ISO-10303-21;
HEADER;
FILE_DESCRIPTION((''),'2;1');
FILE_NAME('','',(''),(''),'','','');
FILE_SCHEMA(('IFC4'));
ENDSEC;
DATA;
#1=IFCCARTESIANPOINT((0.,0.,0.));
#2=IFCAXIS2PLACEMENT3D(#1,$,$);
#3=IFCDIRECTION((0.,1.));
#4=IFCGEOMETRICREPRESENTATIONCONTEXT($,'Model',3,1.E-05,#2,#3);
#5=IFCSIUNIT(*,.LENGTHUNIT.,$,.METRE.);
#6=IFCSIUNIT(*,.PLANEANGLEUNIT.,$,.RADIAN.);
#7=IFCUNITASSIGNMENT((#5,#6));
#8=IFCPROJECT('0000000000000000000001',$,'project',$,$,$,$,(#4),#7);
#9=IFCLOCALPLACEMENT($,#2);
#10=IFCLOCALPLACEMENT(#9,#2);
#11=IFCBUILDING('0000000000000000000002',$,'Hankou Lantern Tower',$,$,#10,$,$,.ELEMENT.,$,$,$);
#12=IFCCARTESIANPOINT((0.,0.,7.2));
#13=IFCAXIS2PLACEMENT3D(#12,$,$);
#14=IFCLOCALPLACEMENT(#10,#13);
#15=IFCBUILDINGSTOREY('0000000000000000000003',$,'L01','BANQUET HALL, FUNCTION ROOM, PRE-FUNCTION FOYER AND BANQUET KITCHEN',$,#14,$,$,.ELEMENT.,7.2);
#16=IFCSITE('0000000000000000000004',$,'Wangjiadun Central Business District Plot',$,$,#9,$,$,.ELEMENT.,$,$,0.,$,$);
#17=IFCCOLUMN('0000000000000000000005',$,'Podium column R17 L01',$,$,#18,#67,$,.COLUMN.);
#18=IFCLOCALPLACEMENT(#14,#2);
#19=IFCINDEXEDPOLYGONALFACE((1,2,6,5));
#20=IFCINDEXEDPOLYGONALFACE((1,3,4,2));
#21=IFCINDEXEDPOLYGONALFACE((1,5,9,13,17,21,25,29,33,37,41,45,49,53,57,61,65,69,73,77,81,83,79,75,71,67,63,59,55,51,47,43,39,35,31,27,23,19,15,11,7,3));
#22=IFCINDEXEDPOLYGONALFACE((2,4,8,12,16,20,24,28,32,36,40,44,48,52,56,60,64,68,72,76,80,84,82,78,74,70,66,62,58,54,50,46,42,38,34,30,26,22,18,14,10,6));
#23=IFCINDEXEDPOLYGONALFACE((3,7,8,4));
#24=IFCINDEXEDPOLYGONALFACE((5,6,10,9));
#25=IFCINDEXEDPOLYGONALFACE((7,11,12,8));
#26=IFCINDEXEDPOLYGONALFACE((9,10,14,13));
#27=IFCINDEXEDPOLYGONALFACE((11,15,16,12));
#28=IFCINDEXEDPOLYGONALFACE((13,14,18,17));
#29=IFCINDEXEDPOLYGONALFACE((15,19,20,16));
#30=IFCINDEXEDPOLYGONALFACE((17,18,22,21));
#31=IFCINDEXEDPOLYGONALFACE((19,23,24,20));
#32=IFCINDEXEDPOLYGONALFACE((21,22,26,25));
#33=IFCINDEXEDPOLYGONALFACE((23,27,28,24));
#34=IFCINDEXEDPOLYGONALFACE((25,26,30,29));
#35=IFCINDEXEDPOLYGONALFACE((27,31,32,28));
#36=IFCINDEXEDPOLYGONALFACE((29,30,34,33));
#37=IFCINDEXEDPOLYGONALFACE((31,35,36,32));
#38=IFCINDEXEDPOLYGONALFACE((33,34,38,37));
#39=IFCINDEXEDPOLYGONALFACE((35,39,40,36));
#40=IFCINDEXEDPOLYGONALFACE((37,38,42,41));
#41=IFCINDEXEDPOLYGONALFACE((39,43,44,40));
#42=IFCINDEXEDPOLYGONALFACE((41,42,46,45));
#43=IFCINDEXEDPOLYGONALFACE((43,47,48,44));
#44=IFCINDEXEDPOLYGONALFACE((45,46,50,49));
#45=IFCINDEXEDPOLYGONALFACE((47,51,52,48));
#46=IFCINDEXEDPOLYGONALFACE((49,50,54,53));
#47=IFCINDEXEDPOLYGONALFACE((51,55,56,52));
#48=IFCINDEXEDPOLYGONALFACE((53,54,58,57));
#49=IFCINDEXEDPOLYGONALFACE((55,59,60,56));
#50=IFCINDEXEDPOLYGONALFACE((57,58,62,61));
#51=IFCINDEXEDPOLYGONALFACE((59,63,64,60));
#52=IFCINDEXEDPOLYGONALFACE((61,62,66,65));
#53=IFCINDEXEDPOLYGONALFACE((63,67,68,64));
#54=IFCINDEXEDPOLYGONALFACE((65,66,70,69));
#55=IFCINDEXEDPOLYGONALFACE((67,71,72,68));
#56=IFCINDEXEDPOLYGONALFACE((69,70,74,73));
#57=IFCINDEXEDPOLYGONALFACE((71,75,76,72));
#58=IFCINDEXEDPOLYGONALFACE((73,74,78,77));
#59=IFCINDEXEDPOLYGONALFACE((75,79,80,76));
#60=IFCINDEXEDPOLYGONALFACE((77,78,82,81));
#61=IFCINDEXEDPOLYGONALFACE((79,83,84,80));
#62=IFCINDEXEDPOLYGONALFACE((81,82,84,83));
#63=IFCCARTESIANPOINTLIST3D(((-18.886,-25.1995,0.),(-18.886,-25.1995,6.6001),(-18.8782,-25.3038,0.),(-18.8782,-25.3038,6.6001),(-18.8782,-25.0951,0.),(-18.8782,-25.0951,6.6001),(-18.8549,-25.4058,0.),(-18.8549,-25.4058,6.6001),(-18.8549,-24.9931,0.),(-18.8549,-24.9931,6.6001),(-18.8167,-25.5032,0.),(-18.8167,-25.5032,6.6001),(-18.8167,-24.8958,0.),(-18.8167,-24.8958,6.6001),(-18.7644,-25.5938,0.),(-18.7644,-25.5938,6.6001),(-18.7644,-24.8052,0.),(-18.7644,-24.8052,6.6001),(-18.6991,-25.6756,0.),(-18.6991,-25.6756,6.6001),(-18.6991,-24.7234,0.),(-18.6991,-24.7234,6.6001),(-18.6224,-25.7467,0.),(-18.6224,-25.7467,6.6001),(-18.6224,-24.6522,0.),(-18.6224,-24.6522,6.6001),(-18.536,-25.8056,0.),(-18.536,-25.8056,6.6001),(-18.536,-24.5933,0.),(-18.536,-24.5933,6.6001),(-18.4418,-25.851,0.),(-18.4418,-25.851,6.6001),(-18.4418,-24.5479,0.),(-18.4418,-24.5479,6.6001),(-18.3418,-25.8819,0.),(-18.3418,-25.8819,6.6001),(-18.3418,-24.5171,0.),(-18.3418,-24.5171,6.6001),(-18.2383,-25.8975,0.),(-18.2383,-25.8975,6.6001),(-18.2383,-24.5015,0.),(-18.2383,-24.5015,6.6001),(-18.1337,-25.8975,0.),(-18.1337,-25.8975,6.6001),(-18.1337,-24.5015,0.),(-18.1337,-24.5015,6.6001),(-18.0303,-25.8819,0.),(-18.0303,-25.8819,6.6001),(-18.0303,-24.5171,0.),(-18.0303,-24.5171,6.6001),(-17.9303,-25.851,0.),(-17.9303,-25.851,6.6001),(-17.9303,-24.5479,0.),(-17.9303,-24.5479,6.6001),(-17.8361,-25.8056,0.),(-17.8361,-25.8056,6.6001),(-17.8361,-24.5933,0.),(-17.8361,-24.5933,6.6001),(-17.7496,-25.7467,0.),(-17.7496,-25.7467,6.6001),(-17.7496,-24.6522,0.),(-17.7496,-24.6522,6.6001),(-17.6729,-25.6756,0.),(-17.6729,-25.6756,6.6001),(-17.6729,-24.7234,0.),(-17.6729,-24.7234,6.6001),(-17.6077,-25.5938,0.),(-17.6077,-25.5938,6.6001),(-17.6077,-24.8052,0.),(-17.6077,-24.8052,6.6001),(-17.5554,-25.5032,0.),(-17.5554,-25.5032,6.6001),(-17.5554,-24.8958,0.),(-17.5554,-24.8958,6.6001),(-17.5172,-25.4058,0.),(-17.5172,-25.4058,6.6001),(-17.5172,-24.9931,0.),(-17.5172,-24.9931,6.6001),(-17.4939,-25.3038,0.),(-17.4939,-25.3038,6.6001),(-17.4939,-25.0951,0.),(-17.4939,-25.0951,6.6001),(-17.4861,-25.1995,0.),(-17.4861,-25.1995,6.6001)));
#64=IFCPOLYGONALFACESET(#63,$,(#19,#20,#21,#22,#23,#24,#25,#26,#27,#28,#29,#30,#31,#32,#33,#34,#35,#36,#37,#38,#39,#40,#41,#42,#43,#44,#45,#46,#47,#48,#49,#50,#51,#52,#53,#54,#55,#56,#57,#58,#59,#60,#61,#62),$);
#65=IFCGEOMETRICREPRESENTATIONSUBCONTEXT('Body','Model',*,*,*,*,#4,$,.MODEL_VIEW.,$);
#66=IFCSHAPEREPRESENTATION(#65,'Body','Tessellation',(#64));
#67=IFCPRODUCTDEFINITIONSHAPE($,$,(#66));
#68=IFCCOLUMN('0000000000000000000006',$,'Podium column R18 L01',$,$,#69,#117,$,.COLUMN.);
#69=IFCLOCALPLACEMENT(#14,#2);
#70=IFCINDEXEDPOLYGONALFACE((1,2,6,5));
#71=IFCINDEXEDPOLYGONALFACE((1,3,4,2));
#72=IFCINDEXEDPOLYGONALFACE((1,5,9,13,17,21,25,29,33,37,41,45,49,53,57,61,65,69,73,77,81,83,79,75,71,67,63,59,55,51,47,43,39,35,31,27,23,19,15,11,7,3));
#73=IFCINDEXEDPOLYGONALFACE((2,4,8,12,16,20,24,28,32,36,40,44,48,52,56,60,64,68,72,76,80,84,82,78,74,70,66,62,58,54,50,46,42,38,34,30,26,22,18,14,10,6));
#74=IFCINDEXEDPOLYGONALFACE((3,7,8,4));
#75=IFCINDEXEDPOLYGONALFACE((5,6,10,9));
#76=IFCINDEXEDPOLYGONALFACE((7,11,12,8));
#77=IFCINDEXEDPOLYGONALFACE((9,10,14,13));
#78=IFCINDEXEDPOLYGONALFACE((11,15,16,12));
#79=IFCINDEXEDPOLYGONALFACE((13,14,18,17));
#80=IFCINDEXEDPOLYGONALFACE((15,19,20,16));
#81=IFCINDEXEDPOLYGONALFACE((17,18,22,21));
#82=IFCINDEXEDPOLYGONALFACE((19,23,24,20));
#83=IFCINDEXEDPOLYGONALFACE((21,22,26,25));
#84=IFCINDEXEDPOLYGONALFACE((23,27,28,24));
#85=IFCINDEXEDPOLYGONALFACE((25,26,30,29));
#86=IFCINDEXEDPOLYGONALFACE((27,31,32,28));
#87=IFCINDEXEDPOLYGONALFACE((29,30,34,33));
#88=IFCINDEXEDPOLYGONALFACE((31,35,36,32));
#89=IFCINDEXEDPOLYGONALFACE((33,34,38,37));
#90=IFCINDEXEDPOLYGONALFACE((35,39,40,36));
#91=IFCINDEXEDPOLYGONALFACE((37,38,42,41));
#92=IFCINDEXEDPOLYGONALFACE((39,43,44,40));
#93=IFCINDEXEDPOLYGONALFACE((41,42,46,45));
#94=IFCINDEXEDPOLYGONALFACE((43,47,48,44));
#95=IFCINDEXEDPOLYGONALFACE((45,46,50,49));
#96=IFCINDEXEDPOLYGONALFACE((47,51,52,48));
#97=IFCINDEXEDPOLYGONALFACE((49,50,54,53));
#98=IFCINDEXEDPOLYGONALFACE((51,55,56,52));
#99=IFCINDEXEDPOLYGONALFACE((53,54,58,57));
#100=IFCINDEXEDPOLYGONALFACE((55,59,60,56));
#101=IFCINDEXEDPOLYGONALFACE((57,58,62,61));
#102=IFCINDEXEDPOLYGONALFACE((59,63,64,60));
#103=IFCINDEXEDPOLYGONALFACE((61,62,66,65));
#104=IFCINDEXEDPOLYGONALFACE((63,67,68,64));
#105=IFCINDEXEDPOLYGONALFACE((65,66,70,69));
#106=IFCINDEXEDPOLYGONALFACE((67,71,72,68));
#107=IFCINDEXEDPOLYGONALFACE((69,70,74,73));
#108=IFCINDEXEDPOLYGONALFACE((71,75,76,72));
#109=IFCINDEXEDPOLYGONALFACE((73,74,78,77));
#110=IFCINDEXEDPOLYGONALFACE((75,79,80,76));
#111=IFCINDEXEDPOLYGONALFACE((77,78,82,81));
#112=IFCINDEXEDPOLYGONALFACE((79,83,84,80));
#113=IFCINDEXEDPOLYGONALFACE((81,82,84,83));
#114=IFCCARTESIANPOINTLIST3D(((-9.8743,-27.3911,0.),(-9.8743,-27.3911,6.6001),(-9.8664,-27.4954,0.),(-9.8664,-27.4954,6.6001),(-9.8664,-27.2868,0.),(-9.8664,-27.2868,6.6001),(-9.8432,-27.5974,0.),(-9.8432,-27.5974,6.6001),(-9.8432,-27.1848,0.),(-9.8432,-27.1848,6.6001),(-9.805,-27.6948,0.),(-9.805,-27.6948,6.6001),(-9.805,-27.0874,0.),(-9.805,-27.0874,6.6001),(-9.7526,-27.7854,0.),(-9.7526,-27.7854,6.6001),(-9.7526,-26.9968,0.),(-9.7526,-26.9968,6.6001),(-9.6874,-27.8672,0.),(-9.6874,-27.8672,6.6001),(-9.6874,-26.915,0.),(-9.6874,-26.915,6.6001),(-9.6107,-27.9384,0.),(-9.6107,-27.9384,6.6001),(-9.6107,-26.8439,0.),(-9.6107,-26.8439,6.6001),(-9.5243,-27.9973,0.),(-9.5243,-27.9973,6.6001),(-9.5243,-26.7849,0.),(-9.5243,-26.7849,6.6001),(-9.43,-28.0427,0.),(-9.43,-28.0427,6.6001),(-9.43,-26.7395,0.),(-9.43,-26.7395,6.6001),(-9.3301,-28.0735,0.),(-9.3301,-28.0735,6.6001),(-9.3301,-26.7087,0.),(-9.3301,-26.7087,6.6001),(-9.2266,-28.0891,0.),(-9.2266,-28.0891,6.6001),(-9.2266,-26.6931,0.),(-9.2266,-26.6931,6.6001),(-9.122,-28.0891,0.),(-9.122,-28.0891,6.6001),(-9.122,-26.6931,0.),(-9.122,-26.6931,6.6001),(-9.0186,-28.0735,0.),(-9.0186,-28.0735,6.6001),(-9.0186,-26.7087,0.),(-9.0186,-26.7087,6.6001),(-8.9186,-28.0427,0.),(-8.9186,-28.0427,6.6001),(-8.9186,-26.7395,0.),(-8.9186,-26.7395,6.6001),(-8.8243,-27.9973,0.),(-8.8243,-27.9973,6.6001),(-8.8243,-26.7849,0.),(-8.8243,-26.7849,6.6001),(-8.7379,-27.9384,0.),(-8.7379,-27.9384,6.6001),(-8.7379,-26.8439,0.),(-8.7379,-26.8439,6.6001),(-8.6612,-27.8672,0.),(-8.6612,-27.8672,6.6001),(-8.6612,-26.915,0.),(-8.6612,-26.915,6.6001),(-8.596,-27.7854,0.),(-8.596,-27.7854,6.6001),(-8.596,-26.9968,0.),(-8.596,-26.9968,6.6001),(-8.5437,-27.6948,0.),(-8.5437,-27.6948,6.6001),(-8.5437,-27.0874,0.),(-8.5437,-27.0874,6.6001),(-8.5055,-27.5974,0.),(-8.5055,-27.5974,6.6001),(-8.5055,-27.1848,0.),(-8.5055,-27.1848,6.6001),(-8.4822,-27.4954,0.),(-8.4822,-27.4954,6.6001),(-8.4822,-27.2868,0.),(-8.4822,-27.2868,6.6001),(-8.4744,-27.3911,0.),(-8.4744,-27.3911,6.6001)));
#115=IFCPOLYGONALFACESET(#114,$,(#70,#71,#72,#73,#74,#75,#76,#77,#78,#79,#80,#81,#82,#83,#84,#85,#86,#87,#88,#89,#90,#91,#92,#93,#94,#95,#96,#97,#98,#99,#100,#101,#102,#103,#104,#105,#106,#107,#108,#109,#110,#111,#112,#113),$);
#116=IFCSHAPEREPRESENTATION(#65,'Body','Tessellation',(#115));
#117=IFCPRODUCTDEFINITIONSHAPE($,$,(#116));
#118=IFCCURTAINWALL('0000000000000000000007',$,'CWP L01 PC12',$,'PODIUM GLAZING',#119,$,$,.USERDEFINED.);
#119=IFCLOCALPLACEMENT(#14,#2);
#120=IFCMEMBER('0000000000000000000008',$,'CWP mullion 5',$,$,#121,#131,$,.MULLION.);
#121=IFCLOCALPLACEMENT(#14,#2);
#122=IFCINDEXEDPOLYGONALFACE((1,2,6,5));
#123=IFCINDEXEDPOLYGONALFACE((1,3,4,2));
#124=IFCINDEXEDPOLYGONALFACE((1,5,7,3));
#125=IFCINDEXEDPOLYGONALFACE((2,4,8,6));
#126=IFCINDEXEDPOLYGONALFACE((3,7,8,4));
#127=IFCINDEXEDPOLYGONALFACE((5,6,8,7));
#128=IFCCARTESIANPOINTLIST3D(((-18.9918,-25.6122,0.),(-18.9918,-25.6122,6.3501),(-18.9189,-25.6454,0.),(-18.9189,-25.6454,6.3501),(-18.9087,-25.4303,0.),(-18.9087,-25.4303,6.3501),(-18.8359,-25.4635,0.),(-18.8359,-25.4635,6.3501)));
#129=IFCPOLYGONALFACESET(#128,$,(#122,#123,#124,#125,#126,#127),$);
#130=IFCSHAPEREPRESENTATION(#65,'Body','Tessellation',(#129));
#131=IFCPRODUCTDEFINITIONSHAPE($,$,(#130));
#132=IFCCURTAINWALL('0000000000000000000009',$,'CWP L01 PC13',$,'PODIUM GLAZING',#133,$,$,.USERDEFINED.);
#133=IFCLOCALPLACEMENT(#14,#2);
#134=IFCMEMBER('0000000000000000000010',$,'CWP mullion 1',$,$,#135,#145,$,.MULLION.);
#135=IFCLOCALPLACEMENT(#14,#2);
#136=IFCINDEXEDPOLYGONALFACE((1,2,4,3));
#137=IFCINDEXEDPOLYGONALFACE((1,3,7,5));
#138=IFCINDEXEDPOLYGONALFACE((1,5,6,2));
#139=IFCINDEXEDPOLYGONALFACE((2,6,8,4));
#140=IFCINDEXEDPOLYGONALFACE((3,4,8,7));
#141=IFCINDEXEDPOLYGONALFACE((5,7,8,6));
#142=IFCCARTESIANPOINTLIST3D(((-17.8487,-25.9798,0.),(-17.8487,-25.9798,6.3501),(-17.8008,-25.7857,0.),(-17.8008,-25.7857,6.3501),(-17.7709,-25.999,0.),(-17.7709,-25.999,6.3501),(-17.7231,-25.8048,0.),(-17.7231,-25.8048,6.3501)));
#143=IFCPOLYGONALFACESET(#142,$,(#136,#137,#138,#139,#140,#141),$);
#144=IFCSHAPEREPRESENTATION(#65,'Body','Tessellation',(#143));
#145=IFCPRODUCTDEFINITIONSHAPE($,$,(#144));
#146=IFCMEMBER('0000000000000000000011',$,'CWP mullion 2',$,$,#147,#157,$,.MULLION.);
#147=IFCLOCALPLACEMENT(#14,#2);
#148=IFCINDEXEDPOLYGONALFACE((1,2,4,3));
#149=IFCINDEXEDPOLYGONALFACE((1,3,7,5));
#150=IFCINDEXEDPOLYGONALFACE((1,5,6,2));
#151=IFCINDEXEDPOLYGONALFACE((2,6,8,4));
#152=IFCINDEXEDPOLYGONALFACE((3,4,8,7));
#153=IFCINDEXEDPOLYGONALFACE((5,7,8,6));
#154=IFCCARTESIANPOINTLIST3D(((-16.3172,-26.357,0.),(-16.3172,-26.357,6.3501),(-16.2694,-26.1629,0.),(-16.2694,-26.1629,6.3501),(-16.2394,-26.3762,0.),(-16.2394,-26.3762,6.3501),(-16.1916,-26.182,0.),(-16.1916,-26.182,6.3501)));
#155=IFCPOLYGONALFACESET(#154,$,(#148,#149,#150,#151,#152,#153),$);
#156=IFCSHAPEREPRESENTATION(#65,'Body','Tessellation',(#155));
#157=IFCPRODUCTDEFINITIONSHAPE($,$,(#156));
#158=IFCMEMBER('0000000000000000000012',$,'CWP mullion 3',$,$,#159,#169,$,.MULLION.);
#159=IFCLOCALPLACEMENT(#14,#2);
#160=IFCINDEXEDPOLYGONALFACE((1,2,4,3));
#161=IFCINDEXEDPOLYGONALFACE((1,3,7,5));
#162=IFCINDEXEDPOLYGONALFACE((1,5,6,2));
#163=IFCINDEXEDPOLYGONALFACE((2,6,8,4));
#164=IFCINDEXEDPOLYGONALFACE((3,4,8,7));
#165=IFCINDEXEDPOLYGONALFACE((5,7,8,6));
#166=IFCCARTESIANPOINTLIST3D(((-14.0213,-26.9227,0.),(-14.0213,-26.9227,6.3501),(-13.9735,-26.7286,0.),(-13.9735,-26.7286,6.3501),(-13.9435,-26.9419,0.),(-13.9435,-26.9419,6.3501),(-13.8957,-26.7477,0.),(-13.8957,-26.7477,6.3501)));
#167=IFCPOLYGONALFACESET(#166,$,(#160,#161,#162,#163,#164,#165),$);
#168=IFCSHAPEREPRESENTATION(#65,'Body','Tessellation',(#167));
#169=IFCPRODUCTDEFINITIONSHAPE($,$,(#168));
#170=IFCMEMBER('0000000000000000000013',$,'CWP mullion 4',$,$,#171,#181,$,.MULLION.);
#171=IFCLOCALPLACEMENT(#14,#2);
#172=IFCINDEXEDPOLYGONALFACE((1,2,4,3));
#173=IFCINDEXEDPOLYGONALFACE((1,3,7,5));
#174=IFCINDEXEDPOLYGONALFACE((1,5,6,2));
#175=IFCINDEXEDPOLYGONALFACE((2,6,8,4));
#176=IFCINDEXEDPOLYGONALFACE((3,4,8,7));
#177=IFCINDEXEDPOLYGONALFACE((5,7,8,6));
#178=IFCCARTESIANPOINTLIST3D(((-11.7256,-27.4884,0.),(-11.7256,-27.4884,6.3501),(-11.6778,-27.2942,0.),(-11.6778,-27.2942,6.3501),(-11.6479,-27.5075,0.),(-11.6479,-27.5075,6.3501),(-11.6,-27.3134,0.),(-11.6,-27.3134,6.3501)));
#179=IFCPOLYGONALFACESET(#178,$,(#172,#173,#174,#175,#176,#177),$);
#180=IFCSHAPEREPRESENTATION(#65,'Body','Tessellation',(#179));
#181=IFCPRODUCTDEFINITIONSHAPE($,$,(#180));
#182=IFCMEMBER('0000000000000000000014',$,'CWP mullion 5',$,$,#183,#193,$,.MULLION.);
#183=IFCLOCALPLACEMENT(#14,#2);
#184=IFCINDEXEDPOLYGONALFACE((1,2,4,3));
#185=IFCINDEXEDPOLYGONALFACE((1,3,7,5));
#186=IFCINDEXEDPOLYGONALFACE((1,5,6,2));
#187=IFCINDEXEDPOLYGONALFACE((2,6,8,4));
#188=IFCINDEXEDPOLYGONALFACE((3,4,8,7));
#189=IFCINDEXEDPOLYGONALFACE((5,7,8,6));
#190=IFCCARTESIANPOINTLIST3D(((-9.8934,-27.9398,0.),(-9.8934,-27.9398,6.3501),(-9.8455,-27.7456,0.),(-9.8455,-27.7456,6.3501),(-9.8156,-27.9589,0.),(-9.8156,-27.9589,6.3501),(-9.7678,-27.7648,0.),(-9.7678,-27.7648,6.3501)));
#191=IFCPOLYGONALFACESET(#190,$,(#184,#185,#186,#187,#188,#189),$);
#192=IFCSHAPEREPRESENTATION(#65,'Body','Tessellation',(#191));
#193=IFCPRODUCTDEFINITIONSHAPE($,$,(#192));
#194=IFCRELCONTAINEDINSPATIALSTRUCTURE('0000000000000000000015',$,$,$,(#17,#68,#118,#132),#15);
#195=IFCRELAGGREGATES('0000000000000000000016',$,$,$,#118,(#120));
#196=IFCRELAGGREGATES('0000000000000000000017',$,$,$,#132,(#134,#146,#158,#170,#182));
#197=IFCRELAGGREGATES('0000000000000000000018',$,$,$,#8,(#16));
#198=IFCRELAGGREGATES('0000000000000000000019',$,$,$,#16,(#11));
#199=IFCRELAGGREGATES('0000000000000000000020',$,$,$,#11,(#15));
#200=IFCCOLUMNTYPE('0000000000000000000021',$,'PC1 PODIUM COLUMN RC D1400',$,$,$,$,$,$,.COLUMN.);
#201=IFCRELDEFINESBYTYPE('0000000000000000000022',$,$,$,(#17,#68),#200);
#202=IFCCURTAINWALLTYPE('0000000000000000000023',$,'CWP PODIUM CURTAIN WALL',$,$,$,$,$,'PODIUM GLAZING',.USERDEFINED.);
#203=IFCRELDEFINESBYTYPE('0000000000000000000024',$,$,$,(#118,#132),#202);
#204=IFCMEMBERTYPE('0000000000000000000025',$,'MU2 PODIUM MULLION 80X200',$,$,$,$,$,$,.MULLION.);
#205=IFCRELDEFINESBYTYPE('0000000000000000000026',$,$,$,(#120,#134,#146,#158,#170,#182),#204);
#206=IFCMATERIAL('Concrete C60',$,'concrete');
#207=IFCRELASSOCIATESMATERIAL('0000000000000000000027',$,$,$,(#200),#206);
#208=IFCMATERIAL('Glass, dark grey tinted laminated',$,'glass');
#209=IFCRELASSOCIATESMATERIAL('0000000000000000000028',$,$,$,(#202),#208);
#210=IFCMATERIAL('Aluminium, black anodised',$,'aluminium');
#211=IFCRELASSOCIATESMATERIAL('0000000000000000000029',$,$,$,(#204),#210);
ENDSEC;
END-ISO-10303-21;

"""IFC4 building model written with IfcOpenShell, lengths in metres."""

from ifc_helpers import new_model, si_unit, direction, frame, origin, origin_2d, place, context, subcontext, project, spatial, rectangle, circle, extrude, material, material_profile, profile_set, type_object, element, aggregate, save


model = new_model("IFC4")

# Units and contexts
model_context = context("Model", 3, precision=1e-05, world=origin(), true_north=direction((0.0, 1.0)))
body_context = subcontext(model_context, "Body", "Model", "MODEL_VIEW")
ifc_project = project(units=[si_unit("LENGTHUNIT", "METRE"), si_unit("PLANEANGLEUNIT", "RADIAN")], contexts=[model_context])

# Site, building, storey
site_placement = place(None, origin())
site = spatial("IfcSite", under=ifc_project, at=site_placement, Name="Wangjiadun Central Business District Plot", CompositionType="ELEMENT", RefElevation=0.0)
building_placement = place(site_placement, origin())
building = spatial("IfcBuilding", under=site, at=building_placement, Name="Hankou Lantern Tower", CompositionType="ELEMENT")
storey_placement = place(building_placement, frame((0.0, 0.0, 7.2)))
storey = spatial("IfcBuildingStorey", under=building, at=storey_placement, Name="L01", Description="BANQUET HALL, FUNCTION ROOM, PRE-FUNCTION FOYER AND BANQUET KITCHEN", CompositionType="ELEMENT", Elevation=7.2)

# Columns
ifc_material_1 = material(Name="Concrete C60", Category="concrete")
ifc_material_profile_1 = material_profile(ifc_material_1, circle(Radius=0.7, at=origin_2d()), Name="RC D1400")
ifc_profile_set_1 = profile_set([ifc_material_profile_1], Name="Concrete C60")
column_type = type_object("IfcColumnType", Name="PC1 PODIUM COLUMN RC D1400", PredefinedType="COLUMN", material=ifc_profile_set_1)
for number, where, z_axis, x_axis, name in (
    (1, (-18.186, -25.1995, 0.0), (0.0, 0.0, 1.0), (1.0, 0.0, 0.0), "Podium column R17 L01"),
    (2, (-9.1743, -27.3911, 0.0), (0.0, 0.0, 1.0), (1.0, 0.0, 0.0), "Podium column R18 L01"),
):
    element("IfcColumn", number, at=place(storey_placement, frame(where, z_axis=z_axis, x_axis=x_axis)), inside=storey, type_object=column_type, Name=name, PredefinedType="COLUMN", context=body_context, shape_type="SweptSolid", body=[
        extrude(circle(Radius=0.7, at=origin_2d()), origin(), (0.0, 0.0, 1.0), 6.6001),
    ])

# Curtain wall, member
ifc_material_2 = material(Name="Glass, dark grey tinted laminated", Category="glass")
curtain_wall_type = type_object("IfcCurtainWallType", Name="CWP PODIUM CURTAIN WALL", ElementType="PODIUM GLAZING", PredefinedType="USERDEFINED", material=ifc_material_2)
curtain_wall_1_placement = place(storey_placement, origin())
curtain_wall_1 = element("IfcCurtainWall", 3, at=curtain_wall_1_placement, inside=storey, type_object=curtain_wall_type, Name="CWP L01 PC12", ObjectType="PODIUM GLAZING", PredefinedType="USERDEFINED")
ifc_material_3 = material(Name="Aluminium, black anodised", Category="aluminium")
ifc_material_profile_2 = material_profile(ifc_material_3, rectangle(XDim=0.0801, YDim=0.2, at=origin_2d()), Name="MU2 80X200")
ifc_profile_set_2 = profile_set([ifc_material_profile_2], Name="Aluminium, black anodised")
member_type_1 = type_object("IfcMemberType", Name="MU2 PODIUM MULLION 80X200", PredefinedType="MULLION", material=ifc_profile_set_2)
member_1_placement = place(storey_placement, frame((-18.9138, -25.5378, 0.0), z_axis=(0.0, 0.0, 1.0), x_axis=(0.90967, -0.415332, 0.0)))
member_1 = element("IfcMember", 4, at=member_1_placement, type_object=member_type_1, Name="CWP mullion 5", PredefinedType="MULLION", context=body_context, shape_type="SweptSolid", body=[
    extrude(rectangle(XDim=0.0801, YDim=0.2, at=origin_2d()), origin(), (0.0, 0.0, 1.0), 6.3501),
])

# Curtain wall, members
curtain_wall_2_placement = place(storey_placement, origin())
curtain_wall_2 = element("IfcCurtainWall", 5, at=curtain_wall_2_placement, inside=storey, type_object=curtain_wall_type, Name="CWP L01 PC13", ObjectType="PODIUM GLAZING", PredefinedType="USERDEFINED")
member_2_placement = place(storey_placement, frame((-17.7859, -25.8923, 0.0), z_axis=(0.0, 0.0, 1.0), x_axis=(0.970961, -0.239238, 0.0)))
member_2 = element("IfcMember", 6, at=member_2_placement, type_object=member_type_1, Name="CWP mullion 1", PredefinedType="MULLION", context=body_context, shape_type="SweptSolid", body=[
    extrude(rectangle(XDim=0.0801, YDim=0.2, at=origin_2d()), origin(), (0.0, 0.0, 1.0), 6.3501),
])
member_3_placement = place(storey_placement, frame((-16.2544, -26.2695, 0.0), z_axis=(0.0, 0.0, 1.0), x_axis=(0.970961, -0.239238, 0.0)))
member_3 = element("IfcMember", 7, at=member_3_placement, type_object=member_type_1, Name="CWP mullion 2", PredefinedType="MULLION", context=body_context, shape_type="SweptSolid", body=[
    extrude(rectangle(XDim=0.0801, YDim=0.2, at=origin_2d()), origin(), (0.0, 0.0, 1.0), 6.3501),
])
member_4_placement = place(storey_placement, frame((-13.9585, -26.8352, 0.0), z_axis=(0.0, 0.0, 1.0), x_axis=(0.970961, -0.239238, 0.0)))
member_4 = element("IfcMember", 8, at=member_4_placement, type_object=member_type_1, Name="CWP mullion 3", PredefinedType="MULLION", context=body_context, shape_type="SweptSolid", body=[
    extrude(rectangle(XDim=0.0801, YDim=0.2, at=origin_2d()), origin(), (0.0, 0.0, 1.0), 6.3501),
])
member_5_placement = place(storey_placement, frame((-11.6628, -27.4009, 0.0), z_axis=(0.0, 0.0, 1.0), x_axis=(0.970961, -0.239238, 0.0)))
member_5 = element("IfcMember", 9, at=member_5_placement, type_object=member_type_1, Name="CWP mullion 4", PredefinedType="MULLION", context=body_context, shape_type="SweptSolid", body=[
    extrude(rectangle(XDim=0.0801, YDim=0.2, at=origin_2d()), origin(), (0.0, 0.0, 1.0), 6.3501),
])
member_6_placement = place(storey_placement, frame((-9.8306, -27.8523, 0.0), z_axis=(0.0, 0.0, 1.0), x_axis=(0.970961, -0.239238, 0.0)))
member_6 = element("IfcMember", 10, at=member_6_placement, type_object=member_type_1, Name="CWP mullion 5", PredefinedType="MULLION", context=body_context, shape_type="SweptSolid", body=[
    extrude(rectangle(XDim=0.0801, YDim=0.2, at=origin_2d()), origin(), (0.0, 0.0, 1.0), 6.3501),
])

aggregate(curtain_wall_1, [member_1])
aggregate(curtain_wall_2, [member_2, member_3, member_4, member_5, member_6])

save(model, "model.ifc")
